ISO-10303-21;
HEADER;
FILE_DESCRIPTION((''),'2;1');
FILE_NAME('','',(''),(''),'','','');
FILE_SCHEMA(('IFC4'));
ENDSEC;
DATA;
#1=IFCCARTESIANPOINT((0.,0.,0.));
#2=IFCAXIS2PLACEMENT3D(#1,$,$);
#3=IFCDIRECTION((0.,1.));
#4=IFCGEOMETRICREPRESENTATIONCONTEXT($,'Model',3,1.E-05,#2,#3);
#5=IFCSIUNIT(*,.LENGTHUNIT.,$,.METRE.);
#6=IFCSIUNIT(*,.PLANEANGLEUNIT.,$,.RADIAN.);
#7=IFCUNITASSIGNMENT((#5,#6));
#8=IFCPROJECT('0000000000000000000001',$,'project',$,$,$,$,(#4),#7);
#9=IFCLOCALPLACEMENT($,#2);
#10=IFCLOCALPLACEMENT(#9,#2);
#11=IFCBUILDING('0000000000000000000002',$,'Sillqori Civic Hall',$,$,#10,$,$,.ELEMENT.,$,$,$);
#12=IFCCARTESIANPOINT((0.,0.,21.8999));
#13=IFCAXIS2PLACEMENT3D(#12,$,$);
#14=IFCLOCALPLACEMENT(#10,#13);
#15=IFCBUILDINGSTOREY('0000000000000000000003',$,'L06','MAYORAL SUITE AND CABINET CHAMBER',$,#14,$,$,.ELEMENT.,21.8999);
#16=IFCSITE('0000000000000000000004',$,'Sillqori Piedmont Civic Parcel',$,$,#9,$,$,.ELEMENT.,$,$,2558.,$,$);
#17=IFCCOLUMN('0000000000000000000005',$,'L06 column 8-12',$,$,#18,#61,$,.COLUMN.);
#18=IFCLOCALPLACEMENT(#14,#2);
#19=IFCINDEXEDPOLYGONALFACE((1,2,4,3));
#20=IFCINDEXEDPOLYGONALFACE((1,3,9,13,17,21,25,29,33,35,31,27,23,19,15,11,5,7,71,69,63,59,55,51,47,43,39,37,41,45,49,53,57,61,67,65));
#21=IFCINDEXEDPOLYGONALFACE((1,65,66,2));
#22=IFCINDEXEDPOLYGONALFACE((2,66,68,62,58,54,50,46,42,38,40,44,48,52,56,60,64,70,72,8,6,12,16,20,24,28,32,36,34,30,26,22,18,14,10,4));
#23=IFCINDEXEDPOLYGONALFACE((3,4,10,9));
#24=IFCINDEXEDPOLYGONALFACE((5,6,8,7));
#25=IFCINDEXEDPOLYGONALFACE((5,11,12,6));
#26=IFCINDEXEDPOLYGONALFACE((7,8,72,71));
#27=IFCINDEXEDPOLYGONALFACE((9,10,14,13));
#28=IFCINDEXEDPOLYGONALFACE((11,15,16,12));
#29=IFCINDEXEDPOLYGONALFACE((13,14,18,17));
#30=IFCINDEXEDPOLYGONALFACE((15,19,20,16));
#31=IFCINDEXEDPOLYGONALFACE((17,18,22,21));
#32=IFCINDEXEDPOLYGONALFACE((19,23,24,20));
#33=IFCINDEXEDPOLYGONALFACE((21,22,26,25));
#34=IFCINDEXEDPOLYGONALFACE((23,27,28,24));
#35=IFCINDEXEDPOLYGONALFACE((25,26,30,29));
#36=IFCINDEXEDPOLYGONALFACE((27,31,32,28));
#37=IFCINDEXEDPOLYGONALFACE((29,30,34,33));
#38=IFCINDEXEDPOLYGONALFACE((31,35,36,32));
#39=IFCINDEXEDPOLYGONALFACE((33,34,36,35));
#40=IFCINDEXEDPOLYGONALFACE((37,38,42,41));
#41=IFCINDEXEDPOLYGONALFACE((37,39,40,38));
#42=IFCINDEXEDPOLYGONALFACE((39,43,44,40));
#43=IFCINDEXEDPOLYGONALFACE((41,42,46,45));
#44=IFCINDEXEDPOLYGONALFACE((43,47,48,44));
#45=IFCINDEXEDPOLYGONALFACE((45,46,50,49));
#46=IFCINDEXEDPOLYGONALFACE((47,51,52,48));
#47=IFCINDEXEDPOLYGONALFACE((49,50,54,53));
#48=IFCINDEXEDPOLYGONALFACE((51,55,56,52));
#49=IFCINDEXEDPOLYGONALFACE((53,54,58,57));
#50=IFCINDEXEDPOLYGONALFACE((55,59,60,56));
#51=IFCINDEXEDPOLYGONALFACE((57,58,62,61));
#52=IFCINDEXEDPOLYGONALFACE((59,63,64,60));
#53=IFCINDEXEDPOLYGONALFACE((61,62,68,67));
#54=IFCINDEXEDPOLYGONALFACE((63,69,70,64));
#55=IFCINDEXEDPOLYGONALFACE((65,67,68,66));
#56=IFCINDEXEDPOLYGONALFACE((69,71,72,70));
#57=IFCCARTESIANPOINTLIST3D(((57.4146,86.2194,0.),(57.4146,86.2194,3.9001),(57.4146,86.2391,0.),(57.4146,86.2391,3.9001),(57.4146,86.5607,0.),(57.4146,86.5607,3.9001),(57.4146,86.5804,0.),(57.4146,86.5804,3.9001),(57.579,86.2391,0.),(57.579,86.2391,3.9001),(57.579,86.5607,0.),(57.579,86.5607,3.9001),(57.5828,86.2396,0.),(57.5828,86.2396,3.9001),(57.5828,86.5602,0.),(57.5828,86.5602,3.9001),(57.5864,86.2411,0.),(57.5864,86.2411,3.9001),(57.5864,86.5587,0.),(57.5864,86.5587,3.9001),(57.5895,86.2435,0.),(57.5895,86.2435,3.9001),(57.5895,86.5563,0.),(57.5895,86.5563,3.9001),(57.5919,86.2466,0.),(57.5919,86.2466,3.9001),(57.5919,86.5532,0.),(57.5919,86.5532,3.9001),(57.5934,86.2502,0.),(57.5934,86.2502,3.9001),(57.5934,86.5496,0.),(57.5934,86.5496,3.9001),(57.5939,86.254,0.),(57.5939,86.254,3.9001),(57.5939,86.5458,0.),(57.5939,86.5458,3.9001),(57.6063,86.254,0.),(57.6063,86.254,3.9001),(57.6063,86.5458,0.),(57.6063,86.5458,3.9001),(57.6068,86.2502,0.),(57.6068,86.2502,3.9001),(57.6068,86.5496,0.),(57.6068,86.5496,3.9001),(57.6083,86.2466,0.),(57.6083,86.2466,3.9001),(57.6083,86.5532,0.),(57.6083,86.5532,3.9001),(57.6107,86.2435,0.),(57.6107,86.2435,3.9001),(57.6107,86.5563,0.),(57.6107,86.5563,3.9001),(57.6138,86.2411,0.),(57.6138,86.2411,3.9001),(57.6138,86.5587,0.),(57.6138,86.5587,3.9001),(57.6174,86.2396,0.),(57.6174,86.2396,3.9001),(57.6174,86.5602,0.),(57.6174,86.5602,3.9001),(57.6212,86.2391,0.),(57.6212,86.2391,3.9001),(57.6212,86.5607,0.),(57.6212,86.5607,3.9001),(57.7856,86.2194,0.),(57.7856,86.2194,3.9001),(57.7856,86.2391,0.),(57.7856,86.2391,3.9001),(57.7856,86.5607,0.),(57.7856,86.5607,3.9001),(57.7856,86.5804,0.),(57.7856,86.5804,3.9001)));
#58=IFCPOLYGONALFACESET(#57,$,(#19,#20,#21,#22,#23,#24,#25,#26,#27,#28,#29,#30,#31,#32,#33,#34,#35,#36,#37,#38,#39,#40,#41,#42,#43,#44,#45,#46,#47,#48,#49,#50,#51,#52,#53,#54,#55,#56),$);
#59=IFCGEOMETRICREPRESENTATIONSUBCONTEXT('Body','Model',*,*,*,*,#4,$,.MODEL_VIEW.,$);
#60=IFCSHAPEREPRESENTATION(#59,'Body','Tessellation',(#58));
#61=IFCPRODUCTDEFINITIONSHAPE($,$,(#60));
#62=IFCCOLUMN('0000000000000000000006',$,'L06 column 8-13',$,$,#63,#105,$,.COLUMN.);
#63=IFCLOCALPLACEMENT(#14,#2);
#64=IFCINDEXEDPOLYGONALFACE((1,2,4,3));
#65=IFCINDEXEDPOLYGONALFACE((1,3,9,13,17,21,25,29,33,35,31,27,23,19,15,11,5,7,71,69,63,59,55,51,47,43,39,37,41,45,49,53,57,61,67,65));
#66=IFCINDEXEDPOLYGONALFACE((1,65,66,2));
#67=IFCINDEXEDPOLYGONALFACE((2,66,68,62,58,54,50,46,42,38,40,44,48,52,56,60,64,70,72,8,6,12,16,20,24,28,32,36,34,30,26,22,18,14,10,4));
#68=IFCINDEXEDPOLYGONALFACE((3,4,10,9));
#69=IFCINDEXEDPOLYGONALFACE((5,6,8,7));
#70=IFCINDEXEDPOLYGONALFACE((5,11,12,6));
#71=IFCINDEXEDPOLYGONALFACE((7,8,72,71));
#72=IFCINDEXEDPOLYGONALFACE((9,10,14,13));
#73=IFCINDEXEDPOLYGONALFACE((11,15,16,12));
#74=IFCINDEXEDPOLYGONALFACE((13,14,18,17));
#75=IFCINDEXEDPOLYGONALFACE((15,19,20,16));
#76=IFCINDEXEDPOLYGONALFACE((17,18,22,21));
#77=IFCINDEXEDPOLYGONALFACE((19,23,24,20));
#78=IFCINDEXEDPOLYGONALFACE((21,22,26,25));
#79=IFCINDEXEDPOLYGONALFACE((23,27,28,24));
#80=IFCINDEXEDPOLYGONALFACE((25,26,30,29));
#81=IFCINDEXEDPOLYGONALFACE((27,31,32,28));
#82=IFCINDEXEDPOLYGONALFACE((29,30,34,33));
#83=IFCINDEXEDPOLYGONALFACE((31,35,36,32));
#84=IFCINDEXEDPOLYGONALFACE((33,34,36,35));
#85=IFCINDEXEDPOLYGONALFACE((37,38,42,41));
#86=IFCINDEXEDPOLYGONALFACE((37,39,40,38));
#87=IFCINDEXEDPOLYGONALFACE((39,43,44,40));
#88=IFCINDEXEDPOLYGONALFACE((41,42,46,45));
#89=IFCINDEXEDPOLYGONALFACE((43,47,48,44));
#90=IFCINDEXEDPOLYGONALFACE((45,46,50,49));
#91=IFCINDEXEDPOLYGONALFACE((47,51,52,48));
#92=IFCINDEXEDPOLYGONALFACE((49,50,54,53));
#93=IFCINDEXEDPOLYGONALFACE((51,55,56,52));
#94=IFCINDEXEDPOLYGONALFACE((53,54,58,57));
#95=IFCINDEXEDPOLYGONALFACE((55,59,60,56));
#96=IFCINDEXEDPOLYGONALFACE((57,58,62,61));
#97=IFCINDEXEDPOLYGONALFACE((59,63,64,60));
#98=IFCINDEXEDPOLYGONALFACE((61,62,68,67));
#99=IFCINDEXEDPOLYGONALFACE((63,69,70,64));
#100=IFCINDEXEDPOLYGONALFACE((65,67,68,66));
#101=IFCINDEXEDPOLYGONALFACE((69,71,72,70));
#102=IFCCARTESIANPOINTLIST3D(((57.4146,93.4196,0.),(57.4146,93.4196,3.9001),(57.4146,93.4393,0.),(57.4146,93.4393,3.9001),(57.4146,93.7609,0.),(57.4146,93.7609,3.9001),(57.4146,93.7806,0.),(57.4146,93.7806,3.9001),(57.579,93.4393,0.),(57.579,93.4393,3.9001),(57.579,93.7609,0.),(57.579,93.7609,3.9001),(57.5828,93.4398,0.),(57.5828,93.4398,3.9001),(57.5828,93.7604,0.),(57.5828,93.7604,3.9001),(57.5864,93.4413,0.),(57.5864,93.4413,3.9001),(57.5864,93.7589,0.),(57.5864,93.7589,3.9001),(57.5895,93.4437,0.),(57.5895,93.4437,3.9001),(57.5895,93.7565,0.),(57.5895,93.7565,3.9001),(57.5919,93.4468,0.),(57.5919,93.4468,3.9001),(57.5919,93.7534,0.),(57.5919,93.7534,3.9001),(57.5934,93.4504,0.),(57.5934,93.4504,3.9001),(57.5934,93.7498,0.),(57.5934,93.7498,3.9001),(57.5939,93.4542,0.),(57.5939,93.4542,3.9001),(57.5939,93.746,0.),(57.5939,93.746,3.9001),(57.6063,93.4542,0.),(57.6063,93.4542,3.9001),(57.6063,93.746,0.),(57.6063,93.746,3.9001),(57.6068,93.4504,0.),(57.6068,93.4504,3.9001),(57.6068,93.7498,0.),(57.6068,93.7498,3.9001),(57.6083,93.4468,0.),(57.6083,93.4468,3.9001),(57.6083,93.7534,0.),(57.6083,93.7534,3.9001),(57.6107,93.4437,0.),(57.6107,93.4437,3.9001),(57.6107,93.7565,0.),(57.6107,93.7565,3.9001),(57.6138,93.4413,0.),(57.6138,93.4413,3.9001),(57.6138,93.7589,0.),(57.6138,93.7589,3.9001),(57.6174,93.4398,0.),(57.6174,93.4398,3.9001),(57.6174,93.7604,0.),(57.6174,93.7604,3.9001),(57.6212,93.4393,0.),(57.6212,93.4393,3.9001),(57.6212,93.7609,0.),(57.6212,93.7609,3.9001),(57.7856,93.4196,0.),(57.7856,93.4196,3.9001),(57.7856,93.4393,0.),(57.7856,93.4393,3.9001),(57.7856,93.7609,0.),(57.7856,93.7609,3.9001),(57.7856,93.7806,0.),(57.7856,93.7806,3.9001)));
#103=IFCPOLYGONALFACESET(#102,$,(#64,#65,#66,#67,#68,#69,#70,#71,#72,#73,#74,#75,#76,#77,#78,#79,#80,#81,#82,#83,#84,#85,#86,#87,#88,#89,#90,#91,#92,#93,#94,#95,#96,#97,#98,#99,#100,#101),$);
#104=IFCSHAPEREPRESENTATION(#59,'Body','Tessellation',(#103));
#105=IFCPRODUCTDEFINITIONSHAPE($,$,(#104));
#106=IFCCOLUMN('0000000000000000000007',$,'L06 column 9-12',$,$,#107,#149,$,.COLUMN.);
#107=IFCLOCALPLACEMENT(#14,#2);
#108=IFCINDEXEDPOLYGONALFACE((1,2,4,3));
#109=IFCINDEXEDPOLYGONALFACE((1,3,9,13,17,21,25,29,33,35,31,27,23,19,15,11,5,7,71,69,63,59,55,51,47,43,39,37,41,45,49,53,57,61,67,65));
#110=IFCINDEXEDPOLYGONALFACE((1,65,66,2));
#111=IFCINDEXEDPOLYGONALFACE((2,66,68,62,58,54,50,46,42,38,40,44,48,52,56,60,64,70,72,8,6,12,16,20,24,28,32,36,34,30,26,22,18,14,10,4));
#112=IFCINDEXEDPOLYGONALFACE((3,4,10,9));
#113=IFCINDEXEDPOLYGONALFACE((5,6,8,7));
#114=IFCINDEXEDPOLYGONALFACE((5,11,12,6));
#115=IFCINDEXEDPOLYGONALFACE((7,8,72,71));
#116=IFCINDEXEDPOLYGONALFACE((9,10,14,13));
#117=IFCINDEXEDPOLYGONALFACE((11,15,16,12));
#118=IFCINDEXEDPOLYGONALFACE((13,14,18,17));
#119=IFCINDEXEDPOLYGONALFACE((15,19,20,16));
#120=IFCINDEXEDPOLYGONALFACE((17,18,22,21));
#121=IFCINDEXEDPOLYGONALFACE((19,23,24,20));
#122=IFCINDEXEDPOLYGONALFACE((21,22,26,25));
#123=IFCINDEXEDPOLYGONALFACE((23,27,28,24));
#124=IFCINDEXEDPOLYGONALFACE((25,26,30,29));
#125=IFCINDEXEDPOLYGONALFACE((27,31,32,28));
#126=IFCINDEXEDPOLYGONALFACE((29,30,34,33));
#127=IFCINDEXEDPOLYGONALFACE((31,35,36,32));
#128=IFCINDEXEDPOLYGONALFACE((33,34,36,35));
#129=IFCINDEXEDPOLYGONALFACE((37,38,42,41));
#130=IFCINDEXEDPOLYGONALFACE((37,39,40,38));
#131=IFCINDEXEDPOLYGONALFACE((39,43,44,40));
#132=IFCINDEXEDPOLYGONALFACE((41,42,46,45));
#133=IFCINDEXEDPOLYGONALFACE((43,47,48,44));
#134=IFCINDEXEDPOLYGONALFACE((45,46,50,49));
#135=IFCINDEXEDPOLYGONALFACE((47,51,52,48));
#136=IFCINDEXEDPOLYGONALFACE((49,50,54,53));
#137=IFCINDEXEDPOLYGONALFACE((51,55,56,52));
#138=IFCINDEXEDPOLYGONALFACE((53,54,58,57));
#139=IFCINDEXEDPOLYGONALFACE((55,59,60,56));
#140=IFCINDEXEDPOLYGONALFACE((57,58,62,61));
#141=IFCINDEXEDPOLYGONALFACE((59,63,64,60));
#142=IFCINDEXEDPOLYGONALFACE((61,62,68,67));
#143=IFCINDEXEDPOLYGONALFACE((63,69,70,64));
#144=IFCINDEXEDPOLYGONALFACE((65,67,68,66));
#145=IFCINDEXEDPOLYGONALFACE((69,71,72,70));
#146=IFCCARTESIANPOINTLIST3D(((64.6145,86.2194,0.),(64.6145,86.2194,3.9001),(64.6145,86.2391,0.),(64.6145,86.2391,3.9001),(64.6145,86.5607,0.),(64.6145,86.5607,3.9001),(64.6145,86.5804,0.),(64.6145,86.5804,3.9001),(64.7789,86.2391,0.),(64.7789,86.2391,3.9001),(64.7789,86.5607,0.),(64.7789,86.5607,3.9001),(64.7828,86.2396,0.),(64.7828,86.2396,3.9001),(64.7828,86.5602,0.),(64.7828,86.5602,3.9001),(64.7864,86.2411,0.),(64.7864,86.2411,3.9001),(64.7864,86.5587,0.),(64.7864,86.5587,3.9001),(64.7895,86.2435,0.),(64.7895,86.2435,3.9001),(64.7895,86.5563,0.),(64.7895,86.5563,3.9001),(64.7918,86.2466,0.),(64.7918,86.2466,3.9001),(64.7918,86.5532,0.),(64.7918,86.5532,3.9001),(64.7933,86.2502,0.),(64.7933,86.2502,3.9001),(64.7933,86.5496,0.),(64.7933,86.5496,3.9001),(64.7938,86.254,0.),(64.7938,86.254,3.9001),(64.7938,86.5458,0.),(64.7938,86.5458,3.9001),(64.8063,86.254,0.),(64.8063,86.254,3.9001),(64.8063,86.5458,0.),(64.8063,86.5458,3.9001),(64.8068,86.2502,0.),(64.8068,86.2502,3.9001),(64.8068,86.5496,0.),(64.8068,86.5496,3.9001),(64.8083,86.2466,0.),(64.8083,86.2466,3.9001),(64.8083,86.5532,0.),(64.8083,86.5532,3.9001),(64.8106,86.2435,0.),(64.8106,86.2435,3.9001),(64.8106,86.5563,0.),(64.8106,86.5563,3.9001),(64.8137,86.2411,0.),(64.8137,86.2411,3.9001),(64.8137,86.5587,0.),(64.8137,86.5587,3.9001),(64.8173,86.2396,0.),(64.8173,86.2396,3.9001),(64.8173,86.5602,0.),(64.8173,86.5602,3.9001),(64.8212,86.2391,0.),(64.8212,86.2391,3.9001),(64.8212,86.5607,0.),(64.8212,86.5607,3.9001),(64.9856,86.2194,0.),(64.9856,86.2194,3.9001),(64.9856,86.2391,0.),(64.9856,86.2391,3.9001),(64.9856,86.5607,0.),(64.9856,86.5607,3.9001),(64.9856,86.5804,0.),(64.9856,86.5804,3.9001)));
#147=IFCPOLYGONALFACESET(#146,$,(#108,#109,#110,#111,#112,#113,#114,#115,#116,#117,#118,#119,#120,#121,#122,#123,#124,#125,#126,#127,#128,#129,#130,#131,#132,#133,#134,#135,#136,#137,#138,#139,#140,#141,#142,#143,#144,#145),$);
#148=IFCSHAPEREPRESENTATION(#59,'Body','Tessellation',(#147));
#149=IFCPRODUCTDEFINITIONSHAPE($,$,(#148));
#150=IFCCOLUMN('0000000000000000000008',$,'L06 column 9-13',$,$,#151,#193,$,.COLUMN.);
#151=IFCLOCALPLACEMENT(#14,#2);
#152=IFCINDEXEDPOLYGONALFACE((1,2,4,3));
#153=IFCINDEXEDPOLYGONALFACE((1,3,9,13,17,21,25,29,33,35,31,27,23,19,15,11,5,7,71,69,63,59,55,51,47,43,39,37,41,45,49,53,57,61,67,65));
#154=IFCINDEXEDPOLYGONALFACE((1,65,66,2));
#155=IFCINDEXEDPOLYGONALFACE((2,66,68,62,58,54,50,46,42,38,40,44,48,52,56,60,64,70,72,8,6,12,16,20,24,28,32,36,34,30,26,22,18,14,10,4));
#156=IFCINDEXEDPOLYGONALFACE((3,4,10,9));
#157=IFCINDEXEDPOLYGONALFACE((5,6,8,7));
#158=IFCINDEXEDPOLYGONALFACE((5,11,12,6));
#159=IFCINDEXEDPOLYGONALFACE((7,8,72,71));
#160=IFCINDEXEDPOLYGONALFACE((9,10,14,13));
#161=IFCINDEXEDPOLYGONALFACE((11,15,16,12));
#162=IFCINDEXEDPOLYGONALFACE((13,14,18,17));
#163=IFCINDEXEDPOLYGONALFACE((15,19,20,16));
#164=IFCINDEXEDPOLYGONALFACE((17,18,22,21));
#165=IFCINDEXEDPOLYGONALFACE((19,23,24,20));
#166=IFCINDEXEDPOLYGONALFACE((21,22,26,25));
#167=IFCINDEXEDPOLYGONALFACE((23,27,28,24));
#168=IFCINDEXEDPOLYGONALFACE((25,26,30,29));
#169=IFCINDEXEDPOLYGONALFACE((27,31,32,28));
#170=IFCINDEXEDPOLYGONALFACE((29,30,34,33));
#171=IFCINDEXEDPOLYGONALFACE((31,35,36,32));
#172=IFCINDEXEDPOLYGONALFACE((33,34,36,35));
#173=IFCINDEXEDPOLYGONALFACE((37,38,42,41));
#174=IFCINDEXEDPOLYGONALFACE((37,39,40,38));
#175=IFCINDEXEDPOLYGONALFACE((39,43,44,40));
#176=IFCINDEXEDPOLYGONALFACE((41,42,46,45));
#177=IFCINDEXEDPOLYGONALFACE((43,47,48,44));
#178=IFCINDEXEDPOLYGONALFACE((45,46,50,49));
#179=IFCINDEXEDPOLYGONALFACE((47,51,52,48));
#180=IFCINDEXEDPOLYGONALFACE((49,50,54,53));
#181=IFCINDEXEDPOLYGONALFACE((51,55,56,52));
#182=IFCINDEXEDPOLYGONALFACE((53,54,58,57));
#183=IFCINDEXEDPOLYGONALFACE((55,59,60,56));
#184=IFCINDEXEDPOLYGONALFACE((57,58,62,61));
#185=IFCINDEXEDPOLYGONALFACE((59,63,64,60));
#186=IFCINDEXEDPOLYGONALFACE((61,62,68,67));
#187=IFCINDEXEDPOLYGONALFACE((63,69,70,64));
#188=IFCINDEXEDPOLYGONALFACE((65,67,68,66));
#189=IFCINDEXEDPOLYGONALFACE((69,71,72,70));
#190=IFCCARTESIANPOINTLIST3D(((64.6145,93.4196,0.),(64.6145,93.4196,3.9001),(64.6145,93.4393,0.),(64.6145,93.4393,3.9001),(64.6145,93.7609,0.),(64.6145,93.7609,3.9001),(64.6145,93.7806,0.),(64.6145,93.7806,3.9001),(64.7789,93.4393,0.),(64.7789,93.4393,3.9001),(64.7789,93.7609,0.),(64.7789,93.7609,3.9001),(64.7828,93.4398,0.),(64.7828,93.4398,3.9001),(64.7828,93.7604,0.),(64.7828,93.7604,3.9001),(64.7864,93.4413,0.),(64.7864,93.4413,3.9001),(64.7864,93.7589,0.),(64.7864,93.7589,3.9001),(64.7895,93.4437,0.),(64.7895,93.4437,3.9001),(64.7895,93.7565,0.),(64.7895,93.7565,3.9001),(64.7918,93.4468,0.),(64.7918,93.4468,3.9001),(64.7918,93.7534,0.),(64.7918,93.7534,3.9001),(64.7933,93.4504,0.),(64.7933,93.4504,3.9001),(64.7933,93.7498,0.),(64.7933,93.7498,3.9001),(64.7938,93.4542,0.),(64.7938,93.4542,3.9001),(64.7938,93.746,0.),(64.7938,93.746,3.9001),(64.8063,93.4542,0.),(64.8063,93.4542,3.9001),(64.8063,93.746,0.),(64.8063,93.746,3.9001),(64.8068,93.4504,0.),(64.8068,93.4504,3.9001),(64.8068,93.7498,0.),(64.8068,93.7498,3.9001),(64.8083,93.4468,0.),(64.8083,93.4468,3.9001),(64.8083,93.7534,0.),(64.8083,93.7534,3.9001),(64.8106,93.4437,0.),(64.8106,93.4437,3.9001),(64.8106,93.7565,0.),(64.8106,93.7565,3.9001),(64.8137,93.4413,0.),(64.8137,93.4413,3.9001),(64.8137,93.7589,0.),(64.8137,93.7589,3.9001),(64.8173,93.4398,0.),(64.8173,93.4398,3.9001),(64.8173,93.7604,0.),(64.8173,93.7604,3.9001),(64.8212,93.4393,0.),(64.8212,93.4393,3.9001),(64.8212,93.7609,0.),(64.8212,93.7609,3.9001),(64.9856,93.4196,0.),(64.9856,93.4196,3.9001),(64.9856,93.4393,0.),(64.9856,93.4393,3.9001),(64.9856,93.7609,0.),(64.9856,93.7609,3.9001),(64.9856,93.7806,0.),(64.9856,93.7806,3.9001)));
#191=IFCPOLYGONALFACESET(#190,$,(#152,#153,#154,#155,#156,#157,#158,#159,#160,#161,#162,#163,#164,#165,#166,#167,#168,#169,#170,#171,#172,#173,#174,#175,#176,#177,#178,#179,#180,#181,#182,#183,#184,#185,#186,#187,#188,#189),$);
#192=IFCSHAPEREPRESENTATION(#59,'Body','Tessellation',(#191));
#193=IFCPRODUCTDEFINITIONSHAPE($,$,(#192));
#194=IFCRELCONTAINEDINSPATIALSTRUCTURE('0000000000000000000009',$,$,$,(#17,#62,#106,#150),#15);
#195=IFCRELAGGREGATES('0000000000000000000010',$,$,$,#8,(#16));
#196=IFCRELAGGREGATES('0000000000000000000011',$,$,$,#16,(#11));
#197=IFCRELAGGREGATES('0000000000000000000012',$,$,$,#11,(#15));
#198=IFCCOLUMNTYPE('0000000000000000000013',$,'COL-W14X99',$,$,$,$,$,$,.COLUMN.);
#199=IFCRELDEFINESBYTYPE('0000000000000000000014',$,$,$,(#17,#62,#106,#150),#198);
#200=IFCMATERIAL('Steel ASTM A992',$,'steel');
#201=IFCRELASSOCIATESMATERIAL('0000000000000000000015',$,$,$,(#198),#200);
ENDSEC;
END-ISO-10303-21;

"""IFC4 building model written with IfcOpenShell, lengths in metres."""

from ifc_helpers import new_model, si_unit, direction, frame, origin, origin_2d, place, context, subcontext, project, spatial, i_section, extrude, material, material_profile, profile_set, type_object, element, save


model = new_model("IFC4")

# Units and contexts
model_context = context("Model", 3, precision=1e-05, world=origin(), true_north=direction((0.0, 1.0)))
body_context = subcontext(model_context, "Body", "Model", "MODEL_VIEW")
ifc_project = project(units=[si_unit("LENGTHUNIT", "METRE"), si_unit("PLANEANGLEUNIT", "RADIAN")], contexts=[model_context])

# Site, building, storey
site_placement = place(None, origin())
site = spatial("IfcSite", under=ifc_project, at=site_placement, Name="Sillqori Piedmont Civic Parcel", CompositionType="ELEMENT", RefElevation=2558.0)
building_placement = place(site_placement, origin())
building = spatial("IfcBuilding", under=site, at=building_placement, Name="Sillqori Civic Hall", CompositionType="ELEMENT")
storey_placement = place(building_placement, frame((0.0, 0.0, 21.8999)))
storey = spatial("IfcBuildingStorey", under=building, at=storey_placement, Name="L06", Description="MAYORAL SUITE AND CABINET CHAMBER", CompositionType="ELEMENT", Elevation=21.8999)

# Columns
ifc_material_1 = material(Name="Steel ASTM A992", Category="steel")
ifc_material_profile_1 = material_profile(ifc_material_1, i_section(OverallWidth=0.3711, OverallDepth=0.3611, WebThickness=0.0125, FlangeThickness=0.0198, FilletRadius=0.0149, at=origin_2d()), Name="W14X99")
ifc_profile_set_1 = profile_set([ifc_material_profile_1], Name="Steel ASTM A992")
column_type = type_object("IfcColumnType", Name="COL-W14X99", PredefinedType="COLUMN", material=ifc_profile_set_1)
for number, where, z_axis, x_axis, name in (
    (1, (57.6001, 86.3999, 0.0), (0.0, 0.0, 1.0), (1.0, 0.0, 0.0), "L06 column 8-12"),
    (2, (57.6001, 93.6001, 0.0), (0.0, 0.0, 1.0), (1.0, 0.0, 0.0), "L06 column 8-13"),
    (3, (64.8, 86.3999, 0.0), (0.0, 0.0, 1.0), (1.0, 0.0, 0.0), "L06 column 9-12"),
    (4, (64.8, 93.6001, 0.0), (0.0, 0.0, 1.0), (1.0, 0.0, 0.0), "L06 column 9-13"),
):
    element("IfcColumn", number, at=place(storey_placement, frame(where, z_axis=z_axis, x_axis=x_axis)), inside=storey, type_object=column_type, Name=name, PredefinedType="COLUMN", context=body_context, shape_type="SweptSolid", body=[
        extrude(i_section(OverallWidth=0.3711, OverallDepth=0.3611, WebThickness=0.0125, FlangeThickness=0.0198, FilletRadius=0.0149, at=origin_2d()), origin(), (0.0, 0.0, 1.0), 3.9001),
    ])

save(model, "model.ifc")
